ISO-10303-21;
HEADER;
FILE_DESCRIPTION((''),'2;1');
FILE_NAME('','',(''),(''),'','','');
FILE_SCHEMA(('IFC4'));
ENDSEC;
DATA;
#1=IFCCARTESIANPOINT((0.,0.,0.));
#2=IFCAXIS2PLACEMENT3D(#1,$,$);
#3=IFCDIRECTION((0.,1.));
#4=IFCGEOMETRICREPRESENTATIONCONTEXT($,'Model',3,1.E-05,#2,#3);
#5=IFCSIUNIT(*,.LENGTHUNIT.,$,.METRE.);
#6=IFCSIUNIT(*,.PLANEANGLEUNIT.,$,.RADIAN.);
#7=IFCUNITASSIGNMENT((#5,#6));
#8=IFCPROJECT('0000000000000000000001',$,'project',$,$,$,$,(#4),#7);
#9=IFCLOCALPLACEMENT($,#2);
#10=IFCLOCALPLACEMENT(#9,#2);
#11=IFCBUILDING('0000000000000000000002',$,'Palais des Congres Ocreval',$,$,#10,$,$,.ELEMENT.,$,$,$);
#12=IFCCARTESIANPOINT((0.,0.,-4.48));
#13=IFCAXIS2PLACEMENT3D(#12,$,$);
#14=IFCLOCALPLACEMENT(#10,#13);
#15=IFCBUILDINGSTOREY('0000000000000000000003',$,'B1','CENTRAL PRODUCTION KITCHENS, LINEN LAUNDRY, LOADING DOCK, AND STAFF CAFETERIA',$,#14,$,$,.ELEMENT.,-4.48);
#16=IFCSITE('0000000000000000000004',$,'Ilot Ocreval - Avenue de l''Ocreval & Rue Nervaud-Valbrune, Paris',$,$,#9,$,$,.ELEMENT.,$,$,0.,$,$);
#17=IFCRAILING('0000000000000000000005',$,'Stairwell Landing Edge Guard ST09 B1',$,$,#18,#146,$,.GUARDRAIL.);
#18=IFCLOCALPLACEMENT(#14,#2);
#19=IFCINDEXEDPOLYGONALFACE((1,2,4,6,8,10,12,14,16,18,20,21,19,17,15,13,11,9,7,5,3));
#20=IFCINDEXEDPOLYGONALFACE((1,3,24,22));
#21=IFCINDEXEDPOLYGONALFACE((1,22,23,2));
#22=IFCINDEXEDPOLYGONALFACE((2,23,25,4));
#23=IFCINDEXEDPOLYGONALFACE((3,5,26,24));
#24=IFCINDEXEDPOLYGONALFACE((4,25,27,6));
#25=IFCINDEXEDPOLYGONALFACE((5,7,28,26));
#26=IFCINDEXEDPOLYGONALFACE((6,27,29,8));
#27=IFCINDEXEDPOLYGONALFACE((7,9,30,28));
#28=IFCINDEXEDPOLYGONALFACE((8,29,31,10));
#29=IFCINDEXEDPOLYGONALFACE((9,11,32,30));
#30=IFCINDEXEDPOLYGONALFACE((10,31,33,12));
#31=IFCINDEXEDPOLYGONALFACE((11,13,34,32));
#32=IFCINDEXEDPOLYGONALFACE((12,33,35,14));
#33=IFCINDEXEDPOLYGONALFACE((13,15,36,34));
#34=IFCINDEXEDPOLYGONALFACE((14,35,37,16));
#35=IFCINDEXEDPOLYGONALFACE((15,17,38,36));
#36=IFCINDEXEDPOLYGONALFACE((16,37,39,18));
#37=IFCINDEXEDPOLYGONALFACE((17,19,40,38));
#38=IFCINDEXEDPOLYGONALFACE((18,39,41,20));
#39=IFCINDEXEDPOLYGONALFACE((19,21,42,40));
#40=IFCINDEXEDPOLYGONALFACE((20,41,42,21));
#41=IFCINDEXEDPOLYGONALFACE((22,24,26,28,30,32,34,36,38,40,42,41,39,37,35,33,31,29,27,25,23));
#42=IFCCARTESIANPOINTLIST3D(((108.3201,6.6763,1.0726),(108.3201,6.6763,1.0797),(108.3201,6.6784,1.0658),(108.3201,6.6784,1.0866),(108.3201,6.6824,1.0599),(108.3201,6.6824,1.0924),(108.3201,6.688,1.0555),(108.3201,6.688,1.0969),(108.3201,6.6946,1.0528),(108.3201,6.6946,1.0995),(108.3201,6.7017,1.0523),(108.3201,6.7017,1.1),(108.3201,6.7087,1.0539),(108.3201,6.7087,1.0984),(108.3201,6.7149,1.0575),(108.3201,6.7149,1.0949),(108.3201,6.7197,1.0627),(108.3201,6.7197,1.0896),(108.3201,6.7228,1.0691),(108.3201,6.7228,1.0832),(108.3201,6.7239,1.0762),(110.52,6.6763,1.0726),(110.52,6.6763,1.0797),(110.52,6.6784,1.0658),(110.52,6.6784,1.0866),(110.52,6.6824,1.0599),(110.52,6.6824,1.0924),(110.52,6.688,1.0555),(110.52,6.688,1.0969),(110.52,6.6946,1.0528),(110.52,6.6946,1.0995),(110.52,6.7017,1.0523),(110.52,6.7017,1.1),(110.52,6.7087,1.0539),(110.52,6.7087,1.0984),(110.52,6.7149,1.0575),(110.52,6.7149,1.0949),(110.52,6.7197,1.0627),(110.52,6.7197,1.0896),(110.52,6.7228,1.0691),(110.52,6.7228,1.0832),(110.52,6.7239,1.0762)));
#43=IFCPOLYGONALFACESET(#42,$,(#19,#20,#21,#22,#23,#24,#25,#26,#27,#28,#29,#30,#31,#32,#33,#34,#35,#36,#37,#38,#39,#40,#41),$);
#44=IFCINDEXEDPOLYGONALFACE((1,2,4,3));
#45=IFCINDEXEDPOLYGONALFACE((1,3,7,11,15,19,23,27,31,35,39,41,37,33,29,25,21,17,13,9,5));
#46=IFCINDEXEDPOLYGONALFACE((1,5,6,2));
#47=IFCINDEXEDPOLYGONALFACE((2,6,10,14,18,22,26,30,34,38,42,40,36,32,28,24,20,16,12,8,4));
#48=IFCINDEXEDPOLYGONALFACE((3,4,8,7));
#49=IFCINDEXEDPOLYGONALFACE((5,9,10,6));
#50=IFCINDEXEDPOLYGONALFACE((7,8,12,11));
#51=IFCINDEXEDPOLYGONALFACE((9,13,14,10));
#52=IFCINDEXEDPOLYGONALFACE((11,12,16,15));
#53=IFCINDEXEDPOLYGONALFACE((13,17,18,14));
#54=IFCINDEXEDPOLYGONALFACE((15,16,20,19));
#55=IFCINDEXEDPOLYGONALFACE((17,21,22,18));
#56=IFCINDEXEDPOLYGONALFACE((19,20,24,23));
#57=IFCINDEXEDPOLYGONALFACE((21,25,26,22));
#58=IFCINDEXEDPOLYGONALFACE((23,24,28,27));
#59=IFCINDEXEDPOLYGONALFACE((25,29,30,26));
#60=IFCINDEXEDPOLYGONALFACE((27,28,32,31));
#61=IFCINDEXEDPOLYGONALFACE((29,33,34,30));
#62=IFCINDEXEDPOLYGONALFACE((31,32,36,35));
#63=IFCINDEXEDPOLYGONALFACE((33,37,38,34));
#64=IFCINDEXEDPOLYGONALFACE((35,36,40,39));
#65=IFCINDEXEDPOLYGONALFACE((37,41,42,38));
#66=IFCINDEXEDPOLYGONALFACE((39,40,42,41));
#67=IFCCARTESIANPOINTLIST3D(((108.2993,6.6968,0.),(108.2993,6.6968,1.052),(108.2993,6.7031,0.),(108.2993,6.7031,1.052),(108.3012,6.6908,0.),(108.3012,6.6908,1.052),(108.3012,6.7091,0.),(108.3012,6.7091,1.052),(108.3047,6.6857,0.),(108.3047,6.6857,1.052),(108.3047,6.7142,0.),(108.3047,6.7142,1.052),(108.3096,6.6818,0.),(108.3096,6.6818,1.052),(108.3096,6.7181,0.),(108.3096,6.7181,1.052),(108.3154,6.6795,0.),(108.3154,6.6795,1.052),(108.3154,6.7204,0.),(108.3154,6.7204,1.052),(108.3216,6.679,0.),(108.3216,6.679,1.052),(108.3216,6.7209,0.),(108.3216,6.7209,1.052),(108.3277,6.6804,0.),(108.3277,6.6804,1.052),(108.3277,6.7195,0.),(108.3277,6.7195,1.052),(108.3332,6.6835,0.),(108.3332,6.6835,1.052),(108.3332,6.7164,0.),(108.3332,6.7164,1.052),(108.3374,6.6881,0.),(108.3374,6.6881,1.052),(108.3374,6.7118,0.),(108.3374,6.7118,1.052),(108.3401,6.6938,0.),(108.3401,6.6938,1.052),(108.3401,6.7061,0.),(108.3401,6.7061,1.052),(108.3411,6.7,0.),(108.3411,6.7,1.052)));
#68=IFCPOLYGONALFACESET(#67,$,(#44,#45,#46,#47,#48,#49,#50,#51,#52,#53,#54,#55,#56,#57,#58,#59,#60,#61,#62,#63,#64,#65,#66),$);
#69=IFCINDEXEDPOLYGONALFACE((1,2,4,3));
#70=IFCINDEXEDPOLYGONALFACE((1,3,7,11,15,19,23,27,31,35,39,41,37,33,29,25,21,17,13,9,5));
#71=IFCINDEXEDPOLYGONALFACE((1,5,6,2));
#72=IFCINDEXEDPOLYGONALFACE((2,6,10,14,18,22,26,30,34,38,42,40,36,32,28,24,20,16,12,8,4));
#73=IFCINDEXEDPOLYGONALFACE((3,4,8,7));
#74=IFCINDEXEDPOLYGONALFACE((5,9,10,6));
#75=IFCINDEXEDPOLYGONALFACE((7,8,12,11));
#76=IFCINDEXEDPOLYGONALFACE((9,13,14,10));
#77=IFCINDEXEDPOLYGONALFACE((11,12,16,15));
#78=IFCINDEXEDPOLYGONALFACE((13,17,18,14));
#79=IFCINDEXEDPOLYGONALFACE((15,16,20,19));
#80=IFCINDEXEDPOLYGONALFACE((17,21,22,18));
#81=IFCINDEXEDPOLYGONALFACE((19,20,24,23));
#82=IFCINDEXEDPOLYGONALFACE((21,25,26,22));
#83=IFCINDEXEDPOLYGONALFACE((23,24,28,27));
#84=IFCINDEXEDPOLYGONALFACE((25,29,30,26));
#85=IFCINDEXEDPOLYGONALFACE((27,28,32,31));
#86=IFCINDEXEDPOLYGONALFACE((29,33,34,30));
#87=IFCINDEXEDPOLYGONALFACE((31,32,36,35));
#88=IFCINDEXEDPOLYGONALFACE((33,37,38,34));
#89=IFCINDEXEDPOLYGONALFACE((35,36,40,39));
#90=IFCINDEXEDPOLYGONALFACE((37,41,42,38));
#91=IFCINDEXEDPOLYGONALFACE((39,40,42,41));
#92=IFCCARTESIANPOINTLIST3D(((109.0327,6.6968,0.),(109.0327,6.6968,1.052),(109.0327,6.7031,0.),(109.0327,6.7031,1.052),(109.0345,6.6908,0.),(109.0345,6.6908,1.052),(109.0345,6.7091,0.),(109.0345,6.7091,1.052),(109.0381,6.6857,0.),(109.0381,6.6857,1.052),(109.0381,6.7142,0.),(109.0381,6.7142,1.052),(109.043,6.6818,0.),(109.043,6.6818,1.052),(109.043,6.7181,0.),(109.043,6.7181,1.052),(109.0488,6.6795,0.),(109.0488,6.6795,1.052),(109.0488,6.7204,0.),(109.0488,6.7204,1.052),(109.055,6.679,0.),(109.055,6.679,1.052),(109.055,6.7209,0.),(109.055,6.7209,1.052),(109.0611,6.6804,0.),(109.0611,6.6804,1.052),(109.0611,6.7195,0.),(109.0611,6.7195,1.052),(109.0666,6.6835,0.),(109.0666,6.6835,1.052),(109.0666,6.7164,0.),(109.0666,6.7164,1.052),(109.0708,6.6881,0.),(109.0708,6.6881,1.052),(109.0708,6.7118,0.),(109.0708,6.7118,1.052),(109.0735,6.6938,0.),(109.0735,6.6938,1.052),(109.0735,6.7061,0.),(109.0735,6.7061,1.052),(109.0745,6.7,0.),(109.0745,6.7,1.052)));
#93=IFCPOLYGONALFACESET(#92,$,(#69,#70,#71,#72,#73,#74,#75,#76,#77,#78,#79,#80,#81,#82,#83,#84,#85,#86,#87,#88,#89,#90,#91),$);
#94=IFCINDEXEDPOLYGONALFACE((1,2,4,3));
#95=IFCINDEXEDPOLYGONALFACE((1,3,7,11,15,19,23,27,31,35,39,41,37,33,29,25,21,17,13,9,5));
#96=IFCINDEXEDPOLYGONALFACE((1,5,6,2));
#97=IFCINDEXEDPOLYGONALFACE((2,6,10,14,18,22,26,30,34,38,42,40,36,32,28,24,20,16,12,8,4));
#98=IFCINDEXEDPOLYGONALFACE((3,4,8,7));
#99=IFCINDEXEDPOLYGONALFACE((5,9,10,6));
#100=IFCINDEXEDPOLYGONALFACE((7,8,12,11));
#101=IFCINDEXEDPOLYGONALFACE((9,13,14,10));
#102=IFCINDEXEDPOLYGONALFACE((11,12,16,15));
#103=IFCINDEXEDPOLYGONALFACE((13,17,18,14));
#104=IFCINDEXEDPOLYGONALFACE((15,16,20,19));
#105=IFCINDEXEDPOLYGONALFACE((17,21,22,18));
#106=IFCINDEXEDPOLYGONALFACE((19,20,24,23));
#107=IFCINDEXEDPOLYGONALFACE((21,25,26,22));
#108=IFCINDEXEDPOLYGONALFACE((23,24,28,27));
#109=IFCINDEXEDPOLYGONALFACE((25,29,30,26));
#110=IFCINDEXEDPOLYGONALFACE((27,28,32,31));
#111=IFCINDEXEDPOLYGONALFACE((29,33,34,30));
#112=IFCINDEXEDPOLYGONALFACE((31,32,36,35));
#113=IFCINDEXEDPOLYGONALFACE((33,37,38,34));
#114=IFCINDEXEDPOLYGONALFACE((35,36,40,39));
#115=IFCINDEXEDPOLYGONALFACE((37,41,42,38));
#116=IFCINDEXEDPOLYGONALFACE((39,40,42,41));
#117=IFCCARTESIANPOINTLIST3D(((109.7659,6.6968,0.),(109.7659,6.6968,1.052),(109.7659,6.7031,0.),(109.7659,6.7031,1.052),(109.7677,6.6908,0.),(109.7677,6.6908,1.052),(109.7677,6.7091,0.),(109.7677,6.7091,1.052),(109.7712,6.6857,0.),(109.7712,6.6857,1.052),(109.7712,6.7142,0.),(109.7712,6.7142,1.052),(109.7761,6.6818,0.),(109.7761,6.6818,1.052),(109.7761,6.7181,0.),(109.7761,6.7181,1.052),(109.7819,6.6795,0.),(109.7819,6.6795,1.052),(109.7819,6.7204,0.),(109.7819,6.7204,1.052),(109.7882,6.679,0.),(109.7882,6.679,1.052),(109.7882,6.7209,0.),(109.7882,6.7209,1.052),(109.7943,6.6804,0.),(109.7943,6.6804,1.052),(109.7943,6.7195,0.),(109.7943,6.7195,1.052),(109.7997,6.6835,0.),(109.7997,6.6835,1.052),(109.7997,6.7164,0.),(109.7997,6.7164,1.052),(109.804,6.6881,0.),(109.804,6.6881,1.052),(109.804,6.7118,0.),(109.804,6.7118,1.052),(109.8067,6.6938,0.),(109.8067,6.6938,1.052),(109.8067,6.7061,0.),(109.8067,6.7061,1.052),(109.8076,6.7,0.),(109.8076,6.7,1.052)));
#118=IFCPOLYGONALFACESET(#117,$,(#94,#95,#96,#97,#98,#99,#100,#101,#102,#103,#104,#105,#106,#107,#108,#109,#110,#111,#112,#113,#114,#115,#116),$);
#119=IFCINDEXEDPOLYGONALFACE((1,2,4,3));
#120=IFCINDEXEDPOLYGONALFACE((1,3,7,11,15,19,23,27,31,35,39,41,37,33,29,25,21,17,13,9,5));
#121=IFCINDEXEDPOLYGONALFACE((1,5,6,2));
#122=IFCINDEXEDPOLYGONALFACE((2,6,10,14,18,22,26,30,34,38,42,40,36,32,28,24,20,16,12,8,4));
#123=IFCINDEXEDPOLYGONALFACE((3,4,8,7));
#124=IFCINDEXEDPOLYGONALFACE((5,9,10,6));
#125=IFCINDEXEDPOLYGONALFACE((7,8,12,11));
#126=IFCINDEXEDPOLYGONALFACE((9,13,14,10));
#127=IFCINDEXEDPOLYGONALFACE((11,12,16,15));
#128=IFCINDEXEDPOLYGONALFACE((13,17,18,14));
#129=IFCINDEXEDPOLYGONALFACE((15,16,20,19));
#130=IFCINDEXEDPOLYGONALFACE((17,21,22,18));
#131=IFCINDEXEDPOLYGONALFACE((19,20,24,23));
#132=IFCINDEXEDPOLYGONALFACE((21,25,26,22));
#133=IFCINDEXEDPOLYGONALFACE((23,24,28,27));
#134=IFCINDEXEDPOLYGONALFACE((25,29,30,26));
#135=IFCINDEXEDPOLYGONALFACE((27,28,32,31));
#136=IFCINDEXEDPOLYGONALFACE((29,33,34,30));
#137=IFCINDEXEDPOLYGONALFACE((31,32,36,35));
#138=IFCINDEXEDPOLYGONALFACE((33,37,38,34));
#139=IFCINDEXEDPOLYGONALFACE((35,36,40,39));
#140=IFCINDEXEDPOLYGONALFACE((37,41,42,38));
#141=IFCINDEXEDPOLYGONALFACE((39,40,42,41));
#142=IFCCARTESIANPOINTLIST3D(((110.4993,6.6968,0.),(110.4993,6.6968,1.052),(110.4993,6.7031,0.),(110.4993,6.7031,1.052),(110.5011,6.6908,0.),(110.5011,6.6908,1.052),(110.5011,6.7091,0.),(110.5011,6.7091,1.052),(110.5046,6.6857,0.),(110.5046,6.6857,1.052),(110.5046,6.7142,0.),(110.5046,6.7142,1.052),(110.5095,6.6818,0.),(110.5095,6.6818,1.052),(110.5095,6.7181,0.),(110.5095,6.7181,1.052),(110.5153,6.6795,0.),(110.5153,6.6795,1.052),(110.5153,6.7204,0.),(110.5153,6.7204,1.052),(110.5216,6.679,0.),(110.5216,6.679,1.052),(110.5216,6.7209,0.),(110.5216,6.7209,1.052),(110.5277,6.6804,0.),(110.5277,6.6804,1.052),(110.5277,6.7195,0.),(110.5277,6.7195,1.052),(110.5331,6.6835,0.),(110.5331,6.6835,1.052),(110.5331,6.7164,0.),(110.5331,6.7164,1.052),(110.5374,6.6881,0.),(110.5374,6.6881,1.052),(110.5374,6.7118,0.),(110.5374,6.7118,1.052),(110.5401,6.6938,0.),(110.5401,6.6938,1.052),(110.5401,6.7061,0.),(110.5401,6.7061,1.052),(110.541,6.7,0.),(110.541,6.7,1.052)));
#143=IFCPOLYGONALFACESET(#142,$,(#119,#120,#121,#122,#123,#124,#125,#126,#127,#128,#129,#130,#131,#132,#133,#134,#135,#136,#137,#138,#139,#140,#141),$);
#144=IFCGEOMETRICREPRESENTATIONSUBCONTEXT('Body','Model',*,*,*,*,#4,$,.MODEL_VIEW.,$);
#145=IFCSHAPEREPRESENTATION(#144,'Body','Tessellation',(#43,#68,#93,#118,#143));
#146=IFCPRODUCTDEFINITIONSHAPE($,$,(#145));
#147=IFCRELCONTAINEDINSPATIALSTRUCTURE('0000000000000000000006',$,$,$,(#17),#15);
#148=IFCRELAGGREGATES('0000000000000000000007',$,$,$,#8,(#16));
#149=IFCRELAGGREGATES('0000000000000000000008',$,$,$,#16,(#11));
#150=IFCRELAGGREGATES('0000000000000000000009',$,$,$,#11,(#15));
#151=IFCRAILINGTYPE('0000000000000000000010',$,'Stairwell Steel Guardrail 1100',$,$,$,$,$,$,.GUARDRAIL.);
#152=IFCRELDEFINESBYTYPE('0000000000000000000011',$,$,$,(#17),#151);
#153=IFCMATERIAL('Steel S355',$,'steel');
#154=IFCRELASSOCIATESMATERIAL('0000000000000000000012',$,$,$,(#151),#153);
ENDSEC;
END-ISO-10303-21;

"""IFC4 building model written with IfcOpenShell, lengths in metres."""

from ifc_helpers import new_model, si_unit, direction, frame, origin, origin_2d, place, context, subcontext, project, spatial, circle, extrude, material, type_object, element, save


model = new_model("IFC4")

# Units and contexts
model_context = context("Model", 3, precision=1e-05, world=origin(), true_north=direction((0.0, 1.0)))
body_context = subcontext(model_context, "Body", "Model", "MODEL_VIEW")
ifc_project = project(units=[si_unit("LENGTHUNIT", "METRE"), si_unit("PLANEANGLEUNIT", "RADIAN")], contexts=[model_context])

# Site, building, storey
site_placement = place(None, origin())
site = spatial("IfcSite", under=ifc_project, at=site_placement, Name="Ilot Ocreval - Avenue de l'Ocreval & Rue Nervaud-Valbrune, Paris", CompositionType="ELEMENT", RefElevation=0.0)
building_placement = place(site_placement, origin())
building = spatial("IfcBuilding", under=site, at=building_placement, Name="Palais des Congres Ocreval", CompositionType="ELEMENT")
storey_placement = place(building_placement, frame((0.0, 0.0, -4.48)))
storey = spatial("IfcBuildingStorey", under=building, at=storey_placement, Name="B1", Description="CENTRAL PRODUCTION KITCHENS, LINEN LAUNDRY, LOADING DOCK, AND STAFF CAFETERIA", CompositionType="ELEMENT", Elevation=-4.48)

# Shared definitions
ifc_material_1 = material(Name="Steel S355", Category="steel")

# Railing
railing_type_1 = type_object("IfcRailingType", Name="Stairwell Steel Guardrail 1100", PredefinedType="GUARDRAIL", material=ifc_material_1)
railing_1_placement = place(storey_placement, frame((108.3201, 6.7, 0.0)))
element("IfcRailing", 1, at=railing_1_placement, inside=storey, type_object=railing_type_1, Name="Stairwell Landing Edge Guard ST09 B1", PredefinedType="GUARDRAIL", context=body_context, shape_type="SweptSolid", body=[
    extrude(circle(Radius=0.0239, at=origin_2d()), frame((0.0, 0.0, 1.0762), z_axis=(1.0, 0.0, 0.0), x_axis=(0.0, 1.0, 0.0)), (0.0, 0.0, 1.0), 2.2),
    extrude(circle(Radius=0.021, at=origin_2d()), origin(), (0.0, 0.0, 1.0), 1.052),
    extrude(circle(Radius=0.021, at=origin_2d()), frame((0.7334, 0.0, 0.0)), (0.0, 0.0, 1.0), 1.052),
    extrude(circle(Radius=0.021, at=origin_2d()), frame((1.4666, 0.0, 0.0)), (0.0, 0.0, 1.0), 1.052),
    extrude(circle(Radius=0.021, at=origin_2d()), frame((2.2, 0.0, 0.0)), (0.0, 0.0, 1.0), 1.052),
])

save(model, "model.ifc")
